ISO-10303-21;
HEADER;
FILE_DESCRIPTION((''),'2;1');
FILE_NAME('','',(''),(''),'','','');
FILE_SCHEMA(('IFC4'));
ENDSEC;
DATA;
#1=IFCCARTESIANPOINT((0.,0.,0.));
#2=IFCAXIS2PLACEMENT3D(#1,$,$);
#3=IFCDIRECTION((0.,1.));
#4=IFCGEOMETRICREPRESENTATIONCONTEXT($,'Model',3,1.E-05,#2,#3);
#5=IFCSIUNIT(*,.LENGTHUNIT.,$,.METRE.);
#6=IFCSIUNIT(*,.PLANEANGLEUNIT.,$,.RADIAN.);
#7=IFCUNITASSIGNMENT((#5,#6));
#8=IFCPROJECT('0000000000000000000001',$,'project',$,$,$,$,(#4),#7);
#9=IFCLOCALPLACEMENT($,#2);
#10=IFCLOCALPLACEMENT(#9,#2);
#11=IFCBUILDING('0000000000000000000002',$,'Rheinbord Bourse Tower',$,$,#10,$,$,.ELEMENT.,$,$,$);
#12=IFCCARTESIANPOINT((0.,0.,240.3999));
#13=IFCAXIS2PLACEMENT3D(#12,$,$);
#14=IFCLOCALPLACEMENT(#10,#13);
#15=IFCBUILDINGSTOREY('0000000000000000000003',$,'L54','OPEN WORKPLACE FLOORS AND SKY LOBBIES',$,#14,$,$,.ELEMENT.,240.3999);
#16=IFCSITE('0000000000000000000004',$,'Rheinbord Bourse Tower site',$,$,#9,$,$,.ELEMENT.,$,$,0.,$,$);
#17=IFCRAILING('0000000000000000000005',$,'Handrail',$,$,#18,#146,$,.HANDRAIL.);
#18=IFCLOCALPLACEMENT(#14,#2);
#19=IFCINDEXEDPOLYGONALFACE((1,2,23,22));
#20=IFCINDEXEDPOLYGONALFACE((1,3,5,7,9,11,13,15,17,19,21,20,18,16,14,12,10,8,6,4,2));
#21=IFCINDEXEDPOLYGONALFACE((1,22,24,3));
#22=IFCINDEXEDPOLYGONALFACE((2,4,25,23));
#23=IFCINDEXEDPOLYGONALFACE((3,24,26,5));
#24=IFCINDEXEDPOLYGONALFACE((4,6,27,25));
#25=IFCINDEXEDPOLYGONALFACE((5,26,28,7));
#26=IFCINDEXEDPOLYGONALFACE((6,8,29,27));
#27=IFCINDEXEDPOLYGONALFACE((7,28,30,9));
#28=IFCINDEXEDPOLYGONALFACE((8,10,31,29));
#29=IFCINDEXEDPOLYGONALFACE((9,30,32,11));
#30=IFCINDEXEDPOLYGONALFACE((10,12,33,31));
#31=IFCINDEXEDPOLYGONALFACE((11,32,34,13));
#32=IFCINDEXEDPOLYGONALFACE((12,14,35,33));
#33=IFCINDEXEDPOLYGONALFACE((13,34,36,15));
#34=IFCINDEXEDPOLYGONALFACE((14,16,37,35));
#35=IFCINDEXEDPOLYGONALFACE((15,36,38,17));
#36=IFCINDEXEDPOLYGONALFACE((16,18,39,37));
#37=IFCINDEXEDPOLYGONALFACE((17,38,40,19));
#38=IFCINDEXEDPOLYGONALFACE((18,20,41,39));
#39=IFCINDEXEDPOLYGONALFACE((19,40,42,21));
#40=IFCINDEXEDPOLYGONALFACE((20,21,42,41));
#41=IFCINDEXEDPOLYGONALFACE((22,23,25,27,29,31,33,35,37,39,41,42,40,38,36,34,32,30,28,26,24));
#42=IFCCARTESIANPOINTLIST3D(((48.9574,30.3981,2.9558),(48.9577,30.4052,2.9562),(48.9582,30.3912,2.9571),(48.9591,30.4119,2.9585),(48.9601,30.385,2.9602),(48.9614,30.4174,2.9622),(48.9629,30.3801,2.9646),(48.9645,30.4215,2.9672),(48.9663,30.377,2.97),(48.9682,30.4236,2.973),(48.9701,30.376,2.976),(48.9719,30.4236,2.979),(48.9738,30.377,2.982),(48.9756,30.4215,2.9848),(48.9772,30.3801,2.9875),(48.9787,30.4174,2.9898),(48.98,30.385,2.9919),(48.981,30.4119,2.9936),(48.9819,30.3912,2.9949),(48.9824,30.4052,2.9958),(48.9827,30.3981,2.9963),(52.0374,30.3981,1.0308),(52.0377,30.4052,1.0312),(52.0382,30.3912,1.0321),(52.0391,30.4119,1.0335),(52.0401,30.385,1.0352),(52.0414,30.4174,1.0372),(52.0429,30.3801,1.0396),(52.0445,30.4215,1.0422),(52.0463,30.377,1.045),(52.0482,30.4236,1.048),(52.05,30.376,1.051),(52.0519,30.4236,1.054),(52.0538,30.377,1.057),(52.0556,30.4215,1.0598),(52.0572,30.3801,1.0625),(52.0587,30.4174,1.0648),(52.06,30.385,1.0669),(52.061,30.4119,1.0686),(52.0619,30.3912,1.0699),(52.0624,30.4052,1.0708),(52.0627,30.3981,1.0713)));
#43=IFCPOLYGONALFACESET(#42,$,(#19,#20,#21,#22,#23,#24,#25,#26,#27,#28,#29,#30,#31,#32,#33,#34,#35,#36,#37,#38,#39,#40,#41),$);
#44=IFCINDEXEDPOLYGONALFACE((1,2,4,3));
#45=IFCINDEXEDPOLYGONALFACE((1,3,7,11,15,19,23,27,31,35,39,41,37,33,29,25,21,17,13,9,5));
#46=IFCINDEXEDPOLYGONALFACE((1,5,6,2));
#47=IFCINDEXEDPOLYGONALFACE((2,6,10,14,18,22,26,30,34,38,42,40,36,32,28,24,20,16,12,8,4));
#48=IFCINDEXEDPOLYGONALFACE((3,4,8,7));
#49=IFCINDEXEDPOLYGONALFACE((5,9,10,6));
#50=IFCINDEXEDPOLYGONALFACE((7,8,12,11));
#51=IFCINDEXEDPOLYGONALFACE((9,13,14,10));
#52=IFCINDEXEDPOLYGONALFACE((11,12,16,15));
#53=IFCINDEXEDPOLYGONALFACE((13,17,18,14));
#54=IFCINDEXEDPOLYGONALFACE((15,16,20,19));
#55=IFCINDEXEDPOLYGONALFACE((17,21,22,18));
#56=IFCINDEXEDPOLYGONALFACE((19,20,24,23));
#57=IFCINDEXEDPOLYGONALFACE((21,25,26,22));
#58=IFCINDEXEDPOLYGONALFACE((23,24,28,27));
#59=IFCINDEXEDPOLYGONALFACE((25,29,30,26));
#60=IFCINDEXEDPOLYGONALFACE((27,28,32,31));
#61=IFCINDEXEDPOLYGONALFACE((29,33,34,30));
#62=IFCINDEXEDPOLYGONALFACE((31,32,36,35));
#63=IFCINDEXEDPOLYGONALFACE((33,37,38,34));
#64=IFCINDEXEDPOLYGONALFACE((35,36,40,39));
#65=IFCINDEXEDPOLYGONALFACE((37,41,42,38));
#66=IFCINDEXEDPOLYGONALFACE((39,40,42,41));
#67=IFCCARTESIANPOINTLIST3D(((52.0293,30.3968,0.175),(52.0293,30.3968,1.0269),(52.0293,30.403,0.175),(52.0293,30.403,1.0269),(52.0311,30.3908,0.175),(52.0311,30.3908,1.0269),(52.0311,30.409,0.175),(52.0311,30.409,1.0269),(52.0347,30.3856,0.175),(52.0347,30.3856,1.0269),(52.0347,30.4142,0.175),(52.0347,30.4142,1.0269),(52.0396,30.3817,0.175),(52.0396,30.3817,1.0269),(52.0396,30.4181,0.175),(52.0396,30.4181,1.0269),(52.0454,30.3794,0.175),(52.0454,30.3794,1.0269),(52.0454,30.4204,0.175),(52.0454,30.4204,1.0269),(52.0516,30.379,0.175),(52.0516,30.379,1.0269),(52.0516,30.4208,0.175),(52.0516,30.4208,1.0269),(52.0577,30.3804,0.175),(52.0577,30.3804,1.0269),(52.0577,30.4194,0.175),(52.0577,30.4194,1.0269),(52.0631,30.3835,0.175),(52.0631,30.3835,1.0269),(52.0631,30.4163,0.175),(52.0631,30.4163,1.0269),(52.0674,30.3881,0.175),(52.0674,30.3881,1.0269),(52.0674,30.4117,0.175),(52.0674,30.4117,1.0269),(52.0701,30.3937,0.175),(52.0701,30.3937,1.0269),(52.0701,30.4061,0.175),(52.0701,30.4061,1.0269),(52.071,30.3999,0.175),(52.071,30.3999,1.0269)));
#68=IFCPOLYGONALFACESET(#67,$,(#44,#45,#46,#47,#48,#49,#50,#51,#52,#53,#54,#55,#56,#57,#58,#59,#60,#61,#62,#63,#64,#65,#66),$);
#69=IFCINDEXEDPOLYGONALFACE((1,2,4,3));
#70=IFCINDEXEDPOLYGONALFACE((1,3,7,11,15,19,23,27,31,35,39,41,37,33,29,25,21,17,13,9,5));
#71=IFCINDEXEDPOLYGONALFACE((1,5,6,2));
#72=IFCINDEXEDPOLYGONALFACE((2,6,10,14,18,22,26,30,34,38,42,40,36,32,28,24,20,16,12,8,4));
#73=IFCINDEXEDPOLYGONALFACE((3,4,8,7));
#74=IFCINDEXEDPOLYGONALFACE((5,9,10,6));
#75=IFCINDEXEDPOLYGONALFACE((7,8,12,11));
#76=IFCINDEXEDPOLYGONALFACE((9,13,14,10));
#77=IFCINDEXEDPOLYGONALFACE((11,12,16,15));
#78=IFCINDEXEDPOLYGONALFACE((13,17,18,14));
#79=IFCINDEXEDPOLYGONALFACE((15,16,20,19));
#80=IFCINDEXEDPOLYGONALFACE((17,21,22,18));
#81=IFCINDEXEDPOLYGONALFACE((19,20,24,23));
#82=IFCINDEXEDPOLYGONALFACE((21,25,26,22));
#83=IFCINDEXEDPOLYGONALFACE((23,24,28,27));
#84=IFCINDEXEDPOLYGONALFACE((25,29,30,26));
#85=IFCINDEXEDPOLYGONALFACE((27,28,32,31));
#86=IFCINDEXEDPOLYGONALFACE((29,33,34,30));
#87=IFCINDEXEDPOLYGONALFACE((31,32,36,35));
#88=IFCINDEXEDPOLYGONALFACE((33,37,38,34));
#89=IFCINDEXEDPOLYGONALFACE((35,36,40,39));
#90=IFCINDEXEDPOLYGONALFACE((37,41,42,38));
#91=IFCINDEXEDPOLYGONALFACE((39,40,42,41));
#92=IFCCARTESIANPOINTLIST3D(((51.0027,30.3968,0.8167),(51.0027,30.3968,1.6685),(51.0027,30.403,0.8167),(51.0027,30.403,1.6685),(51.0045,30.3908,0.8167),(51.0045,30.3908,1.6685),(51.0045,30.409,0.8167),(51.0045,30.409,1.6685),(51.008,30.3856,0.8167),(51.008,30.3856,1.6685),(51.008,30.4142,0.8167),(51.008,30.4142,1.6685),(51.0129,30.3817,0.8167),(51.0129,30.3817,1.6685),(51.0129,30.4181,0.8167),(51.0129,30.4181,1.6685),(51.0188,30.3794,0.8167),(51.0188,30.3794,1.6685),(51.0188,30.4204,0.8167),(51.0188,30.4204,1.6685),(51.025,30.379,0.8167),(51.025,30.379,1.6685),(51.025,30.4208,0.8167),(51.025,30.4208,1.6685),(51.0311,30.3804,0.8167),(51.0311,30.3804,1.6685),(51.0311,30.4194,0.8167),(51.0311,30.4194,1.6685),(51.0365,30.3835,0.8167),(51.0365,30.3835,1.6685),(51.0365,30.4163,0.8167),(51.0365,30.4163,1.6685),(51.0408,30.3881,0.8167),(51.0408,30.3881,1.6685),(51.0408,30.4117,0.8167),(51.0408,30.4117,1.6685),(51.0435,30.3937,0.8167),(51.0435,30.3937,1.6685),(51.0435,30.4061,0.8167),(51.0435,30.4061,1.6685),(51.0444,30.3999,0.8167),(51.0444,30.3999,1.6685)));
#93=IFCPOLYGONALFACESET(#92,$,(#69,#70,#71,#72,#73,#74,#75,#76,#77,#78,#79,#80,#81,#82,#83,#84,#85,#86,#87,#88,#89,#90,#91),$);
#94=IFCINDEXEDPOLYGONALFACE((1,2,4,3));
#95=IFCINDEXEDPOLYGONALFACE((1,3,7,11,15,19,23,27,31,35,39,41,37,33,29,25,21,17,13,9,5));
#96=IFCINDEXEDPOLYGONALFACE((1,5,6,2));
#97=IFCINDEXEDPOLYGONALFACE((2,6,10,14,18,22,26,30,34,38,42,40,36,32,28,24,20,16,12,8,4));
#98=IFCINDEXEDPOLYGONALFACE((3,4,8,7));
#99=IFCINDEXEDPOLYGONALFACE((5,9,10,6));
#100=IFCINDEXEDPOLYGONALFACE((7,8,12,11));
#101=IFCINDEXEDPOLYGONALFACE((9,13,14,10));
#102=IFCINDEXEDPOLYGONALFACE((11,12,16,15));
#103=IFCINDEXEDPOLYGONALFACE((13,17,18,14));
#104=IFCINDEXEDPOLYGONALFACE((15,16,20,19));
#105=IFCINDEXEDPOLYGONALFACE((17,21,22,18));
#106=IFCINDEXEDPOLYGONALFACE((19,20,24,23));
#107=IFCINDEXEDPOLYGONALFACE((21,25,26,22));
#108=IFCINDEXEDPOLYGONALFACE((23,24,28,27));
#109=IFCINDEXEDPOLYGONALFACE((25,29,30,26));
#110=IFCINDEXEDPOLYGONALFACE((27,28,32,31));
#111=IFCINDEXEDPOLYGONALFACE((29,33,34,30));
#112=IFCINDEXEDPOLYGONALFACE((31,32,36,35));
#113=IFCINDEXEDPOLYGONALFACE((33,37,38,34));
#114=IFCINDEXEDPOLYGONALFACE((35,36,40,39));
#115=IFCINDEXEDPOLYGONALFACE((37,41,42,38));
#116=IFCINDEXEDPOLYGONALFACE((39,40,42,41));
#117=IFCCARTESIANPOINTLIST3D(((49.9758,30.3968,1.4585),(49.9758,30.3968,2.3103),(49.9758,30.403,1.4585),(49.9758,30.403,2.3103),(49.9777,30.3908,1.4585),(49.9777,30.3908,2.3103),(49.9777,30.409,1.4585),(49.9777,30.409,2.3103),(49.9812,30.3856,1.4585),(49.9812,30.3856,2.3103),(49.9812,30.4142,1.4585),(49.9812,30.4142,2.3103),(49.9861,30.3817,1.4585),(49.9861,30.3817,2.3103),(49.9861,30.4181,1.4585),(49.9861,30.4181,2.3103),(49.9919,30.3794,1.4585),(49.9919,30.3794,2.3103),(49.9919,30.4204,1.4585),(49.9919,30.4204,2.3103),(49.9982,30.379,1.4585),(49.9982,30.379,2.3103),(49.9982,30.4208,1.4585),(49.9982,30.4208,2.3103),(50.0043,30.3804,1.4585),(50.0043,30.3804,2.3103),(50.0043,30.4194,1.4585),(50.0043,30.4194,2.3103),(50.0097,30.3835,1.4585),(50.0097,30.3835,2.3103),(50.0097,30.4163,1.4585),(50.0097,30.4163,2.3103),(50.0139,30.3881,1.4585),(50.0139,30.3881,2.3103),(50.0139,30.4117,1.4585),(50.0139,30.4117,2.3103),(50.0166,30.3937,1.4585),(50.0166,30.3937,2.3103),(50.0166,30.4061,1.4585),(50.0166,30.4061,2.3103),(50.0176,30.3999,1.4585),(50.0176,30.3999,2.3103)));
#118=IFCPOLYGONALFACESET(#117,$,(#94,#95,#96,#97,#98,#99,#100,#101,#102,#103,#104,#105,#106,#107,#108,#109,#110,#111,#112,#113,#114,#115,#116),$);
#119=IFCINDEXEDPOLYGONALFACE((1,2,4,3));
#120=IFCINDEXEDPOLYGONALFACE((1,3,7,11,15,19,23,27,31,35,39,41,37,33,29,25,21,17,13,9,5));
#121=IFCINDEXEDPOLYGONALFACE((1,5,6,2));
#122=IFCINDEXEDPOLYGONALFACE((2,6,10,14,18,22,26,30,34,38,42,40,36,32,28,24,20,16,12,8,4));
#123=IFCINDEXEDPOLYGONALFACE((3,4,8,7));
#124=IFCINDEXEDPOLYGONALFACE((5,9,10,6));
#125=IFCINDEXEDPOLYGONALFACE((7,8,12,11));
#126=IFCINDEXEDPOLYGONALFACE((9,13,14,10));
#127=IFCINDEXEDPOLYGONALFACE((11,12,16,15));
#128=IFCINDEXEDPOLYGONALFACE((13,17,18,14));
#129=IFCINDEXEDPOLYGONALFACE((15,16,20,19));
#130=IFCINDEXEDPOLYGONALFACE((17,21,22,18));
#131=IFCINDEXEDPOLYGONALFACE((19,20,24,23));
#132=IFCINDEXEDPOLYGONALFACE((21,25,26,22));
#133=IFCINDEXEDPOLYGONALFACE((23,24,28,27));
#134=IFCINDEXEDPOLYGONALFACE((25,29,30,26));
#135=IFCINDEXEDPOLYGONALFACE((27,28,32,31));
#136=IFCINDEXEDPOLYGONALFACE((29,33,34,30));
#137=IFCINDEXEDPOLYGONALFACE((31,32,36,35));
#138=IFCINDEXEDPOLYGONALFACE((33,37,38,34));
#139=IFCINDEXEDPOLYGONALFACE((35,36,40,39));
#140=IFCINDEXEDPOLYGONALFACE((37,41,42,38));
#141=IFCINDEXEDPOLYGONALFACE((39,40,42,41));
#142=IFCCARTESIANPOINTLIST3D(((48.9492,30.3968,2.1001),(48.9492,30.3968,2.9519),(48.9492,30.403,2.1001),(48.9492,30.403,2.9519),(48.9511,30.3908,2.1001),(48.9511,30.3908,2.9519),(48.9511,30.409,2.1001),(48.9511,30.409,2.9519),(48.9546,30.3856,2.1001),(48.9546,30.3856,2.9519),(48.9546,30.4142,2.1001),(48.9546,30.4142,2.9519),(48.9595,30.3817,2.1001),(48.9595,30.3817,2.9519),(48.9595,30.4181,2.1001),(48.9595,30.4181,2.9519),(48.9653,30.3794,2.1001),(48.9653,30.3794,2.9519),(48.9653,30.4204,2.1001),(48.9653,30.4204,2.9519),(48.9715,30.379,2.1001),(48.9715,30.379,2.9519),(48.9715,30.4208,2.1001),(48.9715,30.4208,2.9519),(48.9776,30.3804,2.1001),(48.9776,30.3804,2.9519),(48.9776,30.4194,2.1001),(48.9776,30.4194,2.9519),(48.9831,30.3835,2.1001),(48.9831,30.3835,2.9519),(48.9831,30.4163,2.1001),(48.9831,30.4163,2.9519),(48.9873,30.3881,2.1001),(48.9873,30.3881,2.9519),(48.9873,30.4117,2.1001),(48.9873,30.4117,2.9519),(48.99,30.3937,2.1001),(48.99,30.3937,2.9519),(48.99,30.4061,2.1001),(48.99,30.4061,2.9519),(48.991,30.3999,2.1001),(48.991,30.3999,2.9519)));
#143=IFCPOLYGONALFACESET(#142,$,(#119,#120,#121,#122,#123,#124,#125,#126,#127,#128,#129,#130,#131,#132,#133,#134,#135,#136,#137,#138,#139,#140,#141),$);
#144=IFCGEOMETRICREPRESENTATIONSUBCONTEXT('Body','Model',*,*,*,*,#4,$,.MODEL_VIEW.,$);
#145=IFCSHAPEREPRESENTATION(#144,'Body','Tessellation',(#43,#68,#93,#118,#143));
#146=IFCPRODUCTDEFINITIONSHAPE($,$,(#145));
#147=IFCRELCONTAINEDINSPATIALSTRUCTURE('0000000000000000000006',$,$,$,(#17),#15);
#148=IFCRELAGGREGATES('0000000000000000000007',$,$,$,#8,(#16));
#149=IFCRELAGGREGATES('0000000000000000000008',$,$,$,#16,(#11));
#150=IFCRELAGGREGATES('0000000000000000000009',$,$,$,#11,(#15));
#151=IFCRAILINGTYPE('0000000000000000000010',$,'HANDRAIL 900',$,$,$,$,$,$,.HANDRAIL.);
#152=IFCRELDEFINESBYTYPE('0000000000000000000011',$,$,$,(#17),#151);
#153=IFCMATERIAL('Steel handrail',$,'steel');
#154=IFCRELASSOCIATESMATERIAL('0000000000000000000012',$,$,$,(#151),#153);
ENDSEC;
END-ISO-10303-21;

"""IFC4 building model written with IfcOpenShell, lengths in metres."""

from ifc_helpers import new_model, si_unit, direction, frame, origin, origin_2d, place, context, subcontext, project, spatial, circle, extrude, material, type_object, element, save


model = new_model("IFC4")

# Units and contexts
model_context = context("Model", 3, precision=1e-05, world=origin(), true_north=direction((0.0, 1.0)))
body_context = subcontext(model_context, "Body", "Model", "MODEL_VIEW")
ifc_project = project(units=[si_unit("LENGTHUNIT", "METRE"), si_unit("PLANEANGLEUNIT", "RADIAN")], contexts=[model_context])

# Site, building, storey
site_placement = place(None, origin())
site = spatial("IfcSite", under=ifc_project, at=site_placement, Name="Rheinbord Bourse Tower site", CompositionType="ELEMENT", RefElevation=0.0)
building_placement = place(site_placement, origin())
building = spatial("IfcBuilding", under=site, at=building_placement, Name="Rheinbord Bourse Tower", CompositionType="ELEMENT")
storey_placement = place(building_placement, frame((0.0, 0.0, 240.3999)))
storey = spatial("IfcBuildingStorey", under=building, at=storey_placement, Name="L54", Description="OPEN WORKPLACE FLOORS AND SKY LOBBIES", CompositionType="ELEMENT", Elevation=240.3999)

# Railing
ifc_material_1 = material(Name="Steel handrail", Category="steel")
railing_type = type_object("IfcRailingType", Name="HANDRAIL 900", PredefinedType="HANDRAIL", material=ifc_material_1)
railing_1_placement = place(storey_placement, frame((52.05, 30.3999, 0.175)))
element("IfcRailing", 1, at=railing_1_placement, inside=storey, type_object=railing_type, Name="Handrail", PredefinedType="HANDRAIL", context=body_context, shape_type="SweptSolid", body=[
    extrude(circle(Radius=0.0239, at=origin_2d()), frame((0.0, 0.0, 0.876), z_axis=(-0.847998, 0.0, 0.529999), x_axis=(0.0, -1.0, 0.0)), (0.0, 0.0, 1.0), 3.6321),
    extrude(circle(Radius=0.021, at=origin_2d()), origin(), (0.0, 0.0, 1.0), 0.8518),
    extrude(circle(Radius=0.021, at=origin_2d()), frame((-1.0266, 0.0, 0.6416)), (0.0, 0.0, 1.0), 0.8518),
    extrude(circle(Radius=0.021, at=origin_2d()), frame((-2.0535, 0.0, 1.2834)), (0.0, 0.0, 1.0), 0.8518),
    extrude(circle(Radius=0.021, at=origin_2d()), frame((-3.0801, 0.0, 1.925)), (0.0, 0.0, 1.0), 0.8518),
])

save(model, "model.ifc")
